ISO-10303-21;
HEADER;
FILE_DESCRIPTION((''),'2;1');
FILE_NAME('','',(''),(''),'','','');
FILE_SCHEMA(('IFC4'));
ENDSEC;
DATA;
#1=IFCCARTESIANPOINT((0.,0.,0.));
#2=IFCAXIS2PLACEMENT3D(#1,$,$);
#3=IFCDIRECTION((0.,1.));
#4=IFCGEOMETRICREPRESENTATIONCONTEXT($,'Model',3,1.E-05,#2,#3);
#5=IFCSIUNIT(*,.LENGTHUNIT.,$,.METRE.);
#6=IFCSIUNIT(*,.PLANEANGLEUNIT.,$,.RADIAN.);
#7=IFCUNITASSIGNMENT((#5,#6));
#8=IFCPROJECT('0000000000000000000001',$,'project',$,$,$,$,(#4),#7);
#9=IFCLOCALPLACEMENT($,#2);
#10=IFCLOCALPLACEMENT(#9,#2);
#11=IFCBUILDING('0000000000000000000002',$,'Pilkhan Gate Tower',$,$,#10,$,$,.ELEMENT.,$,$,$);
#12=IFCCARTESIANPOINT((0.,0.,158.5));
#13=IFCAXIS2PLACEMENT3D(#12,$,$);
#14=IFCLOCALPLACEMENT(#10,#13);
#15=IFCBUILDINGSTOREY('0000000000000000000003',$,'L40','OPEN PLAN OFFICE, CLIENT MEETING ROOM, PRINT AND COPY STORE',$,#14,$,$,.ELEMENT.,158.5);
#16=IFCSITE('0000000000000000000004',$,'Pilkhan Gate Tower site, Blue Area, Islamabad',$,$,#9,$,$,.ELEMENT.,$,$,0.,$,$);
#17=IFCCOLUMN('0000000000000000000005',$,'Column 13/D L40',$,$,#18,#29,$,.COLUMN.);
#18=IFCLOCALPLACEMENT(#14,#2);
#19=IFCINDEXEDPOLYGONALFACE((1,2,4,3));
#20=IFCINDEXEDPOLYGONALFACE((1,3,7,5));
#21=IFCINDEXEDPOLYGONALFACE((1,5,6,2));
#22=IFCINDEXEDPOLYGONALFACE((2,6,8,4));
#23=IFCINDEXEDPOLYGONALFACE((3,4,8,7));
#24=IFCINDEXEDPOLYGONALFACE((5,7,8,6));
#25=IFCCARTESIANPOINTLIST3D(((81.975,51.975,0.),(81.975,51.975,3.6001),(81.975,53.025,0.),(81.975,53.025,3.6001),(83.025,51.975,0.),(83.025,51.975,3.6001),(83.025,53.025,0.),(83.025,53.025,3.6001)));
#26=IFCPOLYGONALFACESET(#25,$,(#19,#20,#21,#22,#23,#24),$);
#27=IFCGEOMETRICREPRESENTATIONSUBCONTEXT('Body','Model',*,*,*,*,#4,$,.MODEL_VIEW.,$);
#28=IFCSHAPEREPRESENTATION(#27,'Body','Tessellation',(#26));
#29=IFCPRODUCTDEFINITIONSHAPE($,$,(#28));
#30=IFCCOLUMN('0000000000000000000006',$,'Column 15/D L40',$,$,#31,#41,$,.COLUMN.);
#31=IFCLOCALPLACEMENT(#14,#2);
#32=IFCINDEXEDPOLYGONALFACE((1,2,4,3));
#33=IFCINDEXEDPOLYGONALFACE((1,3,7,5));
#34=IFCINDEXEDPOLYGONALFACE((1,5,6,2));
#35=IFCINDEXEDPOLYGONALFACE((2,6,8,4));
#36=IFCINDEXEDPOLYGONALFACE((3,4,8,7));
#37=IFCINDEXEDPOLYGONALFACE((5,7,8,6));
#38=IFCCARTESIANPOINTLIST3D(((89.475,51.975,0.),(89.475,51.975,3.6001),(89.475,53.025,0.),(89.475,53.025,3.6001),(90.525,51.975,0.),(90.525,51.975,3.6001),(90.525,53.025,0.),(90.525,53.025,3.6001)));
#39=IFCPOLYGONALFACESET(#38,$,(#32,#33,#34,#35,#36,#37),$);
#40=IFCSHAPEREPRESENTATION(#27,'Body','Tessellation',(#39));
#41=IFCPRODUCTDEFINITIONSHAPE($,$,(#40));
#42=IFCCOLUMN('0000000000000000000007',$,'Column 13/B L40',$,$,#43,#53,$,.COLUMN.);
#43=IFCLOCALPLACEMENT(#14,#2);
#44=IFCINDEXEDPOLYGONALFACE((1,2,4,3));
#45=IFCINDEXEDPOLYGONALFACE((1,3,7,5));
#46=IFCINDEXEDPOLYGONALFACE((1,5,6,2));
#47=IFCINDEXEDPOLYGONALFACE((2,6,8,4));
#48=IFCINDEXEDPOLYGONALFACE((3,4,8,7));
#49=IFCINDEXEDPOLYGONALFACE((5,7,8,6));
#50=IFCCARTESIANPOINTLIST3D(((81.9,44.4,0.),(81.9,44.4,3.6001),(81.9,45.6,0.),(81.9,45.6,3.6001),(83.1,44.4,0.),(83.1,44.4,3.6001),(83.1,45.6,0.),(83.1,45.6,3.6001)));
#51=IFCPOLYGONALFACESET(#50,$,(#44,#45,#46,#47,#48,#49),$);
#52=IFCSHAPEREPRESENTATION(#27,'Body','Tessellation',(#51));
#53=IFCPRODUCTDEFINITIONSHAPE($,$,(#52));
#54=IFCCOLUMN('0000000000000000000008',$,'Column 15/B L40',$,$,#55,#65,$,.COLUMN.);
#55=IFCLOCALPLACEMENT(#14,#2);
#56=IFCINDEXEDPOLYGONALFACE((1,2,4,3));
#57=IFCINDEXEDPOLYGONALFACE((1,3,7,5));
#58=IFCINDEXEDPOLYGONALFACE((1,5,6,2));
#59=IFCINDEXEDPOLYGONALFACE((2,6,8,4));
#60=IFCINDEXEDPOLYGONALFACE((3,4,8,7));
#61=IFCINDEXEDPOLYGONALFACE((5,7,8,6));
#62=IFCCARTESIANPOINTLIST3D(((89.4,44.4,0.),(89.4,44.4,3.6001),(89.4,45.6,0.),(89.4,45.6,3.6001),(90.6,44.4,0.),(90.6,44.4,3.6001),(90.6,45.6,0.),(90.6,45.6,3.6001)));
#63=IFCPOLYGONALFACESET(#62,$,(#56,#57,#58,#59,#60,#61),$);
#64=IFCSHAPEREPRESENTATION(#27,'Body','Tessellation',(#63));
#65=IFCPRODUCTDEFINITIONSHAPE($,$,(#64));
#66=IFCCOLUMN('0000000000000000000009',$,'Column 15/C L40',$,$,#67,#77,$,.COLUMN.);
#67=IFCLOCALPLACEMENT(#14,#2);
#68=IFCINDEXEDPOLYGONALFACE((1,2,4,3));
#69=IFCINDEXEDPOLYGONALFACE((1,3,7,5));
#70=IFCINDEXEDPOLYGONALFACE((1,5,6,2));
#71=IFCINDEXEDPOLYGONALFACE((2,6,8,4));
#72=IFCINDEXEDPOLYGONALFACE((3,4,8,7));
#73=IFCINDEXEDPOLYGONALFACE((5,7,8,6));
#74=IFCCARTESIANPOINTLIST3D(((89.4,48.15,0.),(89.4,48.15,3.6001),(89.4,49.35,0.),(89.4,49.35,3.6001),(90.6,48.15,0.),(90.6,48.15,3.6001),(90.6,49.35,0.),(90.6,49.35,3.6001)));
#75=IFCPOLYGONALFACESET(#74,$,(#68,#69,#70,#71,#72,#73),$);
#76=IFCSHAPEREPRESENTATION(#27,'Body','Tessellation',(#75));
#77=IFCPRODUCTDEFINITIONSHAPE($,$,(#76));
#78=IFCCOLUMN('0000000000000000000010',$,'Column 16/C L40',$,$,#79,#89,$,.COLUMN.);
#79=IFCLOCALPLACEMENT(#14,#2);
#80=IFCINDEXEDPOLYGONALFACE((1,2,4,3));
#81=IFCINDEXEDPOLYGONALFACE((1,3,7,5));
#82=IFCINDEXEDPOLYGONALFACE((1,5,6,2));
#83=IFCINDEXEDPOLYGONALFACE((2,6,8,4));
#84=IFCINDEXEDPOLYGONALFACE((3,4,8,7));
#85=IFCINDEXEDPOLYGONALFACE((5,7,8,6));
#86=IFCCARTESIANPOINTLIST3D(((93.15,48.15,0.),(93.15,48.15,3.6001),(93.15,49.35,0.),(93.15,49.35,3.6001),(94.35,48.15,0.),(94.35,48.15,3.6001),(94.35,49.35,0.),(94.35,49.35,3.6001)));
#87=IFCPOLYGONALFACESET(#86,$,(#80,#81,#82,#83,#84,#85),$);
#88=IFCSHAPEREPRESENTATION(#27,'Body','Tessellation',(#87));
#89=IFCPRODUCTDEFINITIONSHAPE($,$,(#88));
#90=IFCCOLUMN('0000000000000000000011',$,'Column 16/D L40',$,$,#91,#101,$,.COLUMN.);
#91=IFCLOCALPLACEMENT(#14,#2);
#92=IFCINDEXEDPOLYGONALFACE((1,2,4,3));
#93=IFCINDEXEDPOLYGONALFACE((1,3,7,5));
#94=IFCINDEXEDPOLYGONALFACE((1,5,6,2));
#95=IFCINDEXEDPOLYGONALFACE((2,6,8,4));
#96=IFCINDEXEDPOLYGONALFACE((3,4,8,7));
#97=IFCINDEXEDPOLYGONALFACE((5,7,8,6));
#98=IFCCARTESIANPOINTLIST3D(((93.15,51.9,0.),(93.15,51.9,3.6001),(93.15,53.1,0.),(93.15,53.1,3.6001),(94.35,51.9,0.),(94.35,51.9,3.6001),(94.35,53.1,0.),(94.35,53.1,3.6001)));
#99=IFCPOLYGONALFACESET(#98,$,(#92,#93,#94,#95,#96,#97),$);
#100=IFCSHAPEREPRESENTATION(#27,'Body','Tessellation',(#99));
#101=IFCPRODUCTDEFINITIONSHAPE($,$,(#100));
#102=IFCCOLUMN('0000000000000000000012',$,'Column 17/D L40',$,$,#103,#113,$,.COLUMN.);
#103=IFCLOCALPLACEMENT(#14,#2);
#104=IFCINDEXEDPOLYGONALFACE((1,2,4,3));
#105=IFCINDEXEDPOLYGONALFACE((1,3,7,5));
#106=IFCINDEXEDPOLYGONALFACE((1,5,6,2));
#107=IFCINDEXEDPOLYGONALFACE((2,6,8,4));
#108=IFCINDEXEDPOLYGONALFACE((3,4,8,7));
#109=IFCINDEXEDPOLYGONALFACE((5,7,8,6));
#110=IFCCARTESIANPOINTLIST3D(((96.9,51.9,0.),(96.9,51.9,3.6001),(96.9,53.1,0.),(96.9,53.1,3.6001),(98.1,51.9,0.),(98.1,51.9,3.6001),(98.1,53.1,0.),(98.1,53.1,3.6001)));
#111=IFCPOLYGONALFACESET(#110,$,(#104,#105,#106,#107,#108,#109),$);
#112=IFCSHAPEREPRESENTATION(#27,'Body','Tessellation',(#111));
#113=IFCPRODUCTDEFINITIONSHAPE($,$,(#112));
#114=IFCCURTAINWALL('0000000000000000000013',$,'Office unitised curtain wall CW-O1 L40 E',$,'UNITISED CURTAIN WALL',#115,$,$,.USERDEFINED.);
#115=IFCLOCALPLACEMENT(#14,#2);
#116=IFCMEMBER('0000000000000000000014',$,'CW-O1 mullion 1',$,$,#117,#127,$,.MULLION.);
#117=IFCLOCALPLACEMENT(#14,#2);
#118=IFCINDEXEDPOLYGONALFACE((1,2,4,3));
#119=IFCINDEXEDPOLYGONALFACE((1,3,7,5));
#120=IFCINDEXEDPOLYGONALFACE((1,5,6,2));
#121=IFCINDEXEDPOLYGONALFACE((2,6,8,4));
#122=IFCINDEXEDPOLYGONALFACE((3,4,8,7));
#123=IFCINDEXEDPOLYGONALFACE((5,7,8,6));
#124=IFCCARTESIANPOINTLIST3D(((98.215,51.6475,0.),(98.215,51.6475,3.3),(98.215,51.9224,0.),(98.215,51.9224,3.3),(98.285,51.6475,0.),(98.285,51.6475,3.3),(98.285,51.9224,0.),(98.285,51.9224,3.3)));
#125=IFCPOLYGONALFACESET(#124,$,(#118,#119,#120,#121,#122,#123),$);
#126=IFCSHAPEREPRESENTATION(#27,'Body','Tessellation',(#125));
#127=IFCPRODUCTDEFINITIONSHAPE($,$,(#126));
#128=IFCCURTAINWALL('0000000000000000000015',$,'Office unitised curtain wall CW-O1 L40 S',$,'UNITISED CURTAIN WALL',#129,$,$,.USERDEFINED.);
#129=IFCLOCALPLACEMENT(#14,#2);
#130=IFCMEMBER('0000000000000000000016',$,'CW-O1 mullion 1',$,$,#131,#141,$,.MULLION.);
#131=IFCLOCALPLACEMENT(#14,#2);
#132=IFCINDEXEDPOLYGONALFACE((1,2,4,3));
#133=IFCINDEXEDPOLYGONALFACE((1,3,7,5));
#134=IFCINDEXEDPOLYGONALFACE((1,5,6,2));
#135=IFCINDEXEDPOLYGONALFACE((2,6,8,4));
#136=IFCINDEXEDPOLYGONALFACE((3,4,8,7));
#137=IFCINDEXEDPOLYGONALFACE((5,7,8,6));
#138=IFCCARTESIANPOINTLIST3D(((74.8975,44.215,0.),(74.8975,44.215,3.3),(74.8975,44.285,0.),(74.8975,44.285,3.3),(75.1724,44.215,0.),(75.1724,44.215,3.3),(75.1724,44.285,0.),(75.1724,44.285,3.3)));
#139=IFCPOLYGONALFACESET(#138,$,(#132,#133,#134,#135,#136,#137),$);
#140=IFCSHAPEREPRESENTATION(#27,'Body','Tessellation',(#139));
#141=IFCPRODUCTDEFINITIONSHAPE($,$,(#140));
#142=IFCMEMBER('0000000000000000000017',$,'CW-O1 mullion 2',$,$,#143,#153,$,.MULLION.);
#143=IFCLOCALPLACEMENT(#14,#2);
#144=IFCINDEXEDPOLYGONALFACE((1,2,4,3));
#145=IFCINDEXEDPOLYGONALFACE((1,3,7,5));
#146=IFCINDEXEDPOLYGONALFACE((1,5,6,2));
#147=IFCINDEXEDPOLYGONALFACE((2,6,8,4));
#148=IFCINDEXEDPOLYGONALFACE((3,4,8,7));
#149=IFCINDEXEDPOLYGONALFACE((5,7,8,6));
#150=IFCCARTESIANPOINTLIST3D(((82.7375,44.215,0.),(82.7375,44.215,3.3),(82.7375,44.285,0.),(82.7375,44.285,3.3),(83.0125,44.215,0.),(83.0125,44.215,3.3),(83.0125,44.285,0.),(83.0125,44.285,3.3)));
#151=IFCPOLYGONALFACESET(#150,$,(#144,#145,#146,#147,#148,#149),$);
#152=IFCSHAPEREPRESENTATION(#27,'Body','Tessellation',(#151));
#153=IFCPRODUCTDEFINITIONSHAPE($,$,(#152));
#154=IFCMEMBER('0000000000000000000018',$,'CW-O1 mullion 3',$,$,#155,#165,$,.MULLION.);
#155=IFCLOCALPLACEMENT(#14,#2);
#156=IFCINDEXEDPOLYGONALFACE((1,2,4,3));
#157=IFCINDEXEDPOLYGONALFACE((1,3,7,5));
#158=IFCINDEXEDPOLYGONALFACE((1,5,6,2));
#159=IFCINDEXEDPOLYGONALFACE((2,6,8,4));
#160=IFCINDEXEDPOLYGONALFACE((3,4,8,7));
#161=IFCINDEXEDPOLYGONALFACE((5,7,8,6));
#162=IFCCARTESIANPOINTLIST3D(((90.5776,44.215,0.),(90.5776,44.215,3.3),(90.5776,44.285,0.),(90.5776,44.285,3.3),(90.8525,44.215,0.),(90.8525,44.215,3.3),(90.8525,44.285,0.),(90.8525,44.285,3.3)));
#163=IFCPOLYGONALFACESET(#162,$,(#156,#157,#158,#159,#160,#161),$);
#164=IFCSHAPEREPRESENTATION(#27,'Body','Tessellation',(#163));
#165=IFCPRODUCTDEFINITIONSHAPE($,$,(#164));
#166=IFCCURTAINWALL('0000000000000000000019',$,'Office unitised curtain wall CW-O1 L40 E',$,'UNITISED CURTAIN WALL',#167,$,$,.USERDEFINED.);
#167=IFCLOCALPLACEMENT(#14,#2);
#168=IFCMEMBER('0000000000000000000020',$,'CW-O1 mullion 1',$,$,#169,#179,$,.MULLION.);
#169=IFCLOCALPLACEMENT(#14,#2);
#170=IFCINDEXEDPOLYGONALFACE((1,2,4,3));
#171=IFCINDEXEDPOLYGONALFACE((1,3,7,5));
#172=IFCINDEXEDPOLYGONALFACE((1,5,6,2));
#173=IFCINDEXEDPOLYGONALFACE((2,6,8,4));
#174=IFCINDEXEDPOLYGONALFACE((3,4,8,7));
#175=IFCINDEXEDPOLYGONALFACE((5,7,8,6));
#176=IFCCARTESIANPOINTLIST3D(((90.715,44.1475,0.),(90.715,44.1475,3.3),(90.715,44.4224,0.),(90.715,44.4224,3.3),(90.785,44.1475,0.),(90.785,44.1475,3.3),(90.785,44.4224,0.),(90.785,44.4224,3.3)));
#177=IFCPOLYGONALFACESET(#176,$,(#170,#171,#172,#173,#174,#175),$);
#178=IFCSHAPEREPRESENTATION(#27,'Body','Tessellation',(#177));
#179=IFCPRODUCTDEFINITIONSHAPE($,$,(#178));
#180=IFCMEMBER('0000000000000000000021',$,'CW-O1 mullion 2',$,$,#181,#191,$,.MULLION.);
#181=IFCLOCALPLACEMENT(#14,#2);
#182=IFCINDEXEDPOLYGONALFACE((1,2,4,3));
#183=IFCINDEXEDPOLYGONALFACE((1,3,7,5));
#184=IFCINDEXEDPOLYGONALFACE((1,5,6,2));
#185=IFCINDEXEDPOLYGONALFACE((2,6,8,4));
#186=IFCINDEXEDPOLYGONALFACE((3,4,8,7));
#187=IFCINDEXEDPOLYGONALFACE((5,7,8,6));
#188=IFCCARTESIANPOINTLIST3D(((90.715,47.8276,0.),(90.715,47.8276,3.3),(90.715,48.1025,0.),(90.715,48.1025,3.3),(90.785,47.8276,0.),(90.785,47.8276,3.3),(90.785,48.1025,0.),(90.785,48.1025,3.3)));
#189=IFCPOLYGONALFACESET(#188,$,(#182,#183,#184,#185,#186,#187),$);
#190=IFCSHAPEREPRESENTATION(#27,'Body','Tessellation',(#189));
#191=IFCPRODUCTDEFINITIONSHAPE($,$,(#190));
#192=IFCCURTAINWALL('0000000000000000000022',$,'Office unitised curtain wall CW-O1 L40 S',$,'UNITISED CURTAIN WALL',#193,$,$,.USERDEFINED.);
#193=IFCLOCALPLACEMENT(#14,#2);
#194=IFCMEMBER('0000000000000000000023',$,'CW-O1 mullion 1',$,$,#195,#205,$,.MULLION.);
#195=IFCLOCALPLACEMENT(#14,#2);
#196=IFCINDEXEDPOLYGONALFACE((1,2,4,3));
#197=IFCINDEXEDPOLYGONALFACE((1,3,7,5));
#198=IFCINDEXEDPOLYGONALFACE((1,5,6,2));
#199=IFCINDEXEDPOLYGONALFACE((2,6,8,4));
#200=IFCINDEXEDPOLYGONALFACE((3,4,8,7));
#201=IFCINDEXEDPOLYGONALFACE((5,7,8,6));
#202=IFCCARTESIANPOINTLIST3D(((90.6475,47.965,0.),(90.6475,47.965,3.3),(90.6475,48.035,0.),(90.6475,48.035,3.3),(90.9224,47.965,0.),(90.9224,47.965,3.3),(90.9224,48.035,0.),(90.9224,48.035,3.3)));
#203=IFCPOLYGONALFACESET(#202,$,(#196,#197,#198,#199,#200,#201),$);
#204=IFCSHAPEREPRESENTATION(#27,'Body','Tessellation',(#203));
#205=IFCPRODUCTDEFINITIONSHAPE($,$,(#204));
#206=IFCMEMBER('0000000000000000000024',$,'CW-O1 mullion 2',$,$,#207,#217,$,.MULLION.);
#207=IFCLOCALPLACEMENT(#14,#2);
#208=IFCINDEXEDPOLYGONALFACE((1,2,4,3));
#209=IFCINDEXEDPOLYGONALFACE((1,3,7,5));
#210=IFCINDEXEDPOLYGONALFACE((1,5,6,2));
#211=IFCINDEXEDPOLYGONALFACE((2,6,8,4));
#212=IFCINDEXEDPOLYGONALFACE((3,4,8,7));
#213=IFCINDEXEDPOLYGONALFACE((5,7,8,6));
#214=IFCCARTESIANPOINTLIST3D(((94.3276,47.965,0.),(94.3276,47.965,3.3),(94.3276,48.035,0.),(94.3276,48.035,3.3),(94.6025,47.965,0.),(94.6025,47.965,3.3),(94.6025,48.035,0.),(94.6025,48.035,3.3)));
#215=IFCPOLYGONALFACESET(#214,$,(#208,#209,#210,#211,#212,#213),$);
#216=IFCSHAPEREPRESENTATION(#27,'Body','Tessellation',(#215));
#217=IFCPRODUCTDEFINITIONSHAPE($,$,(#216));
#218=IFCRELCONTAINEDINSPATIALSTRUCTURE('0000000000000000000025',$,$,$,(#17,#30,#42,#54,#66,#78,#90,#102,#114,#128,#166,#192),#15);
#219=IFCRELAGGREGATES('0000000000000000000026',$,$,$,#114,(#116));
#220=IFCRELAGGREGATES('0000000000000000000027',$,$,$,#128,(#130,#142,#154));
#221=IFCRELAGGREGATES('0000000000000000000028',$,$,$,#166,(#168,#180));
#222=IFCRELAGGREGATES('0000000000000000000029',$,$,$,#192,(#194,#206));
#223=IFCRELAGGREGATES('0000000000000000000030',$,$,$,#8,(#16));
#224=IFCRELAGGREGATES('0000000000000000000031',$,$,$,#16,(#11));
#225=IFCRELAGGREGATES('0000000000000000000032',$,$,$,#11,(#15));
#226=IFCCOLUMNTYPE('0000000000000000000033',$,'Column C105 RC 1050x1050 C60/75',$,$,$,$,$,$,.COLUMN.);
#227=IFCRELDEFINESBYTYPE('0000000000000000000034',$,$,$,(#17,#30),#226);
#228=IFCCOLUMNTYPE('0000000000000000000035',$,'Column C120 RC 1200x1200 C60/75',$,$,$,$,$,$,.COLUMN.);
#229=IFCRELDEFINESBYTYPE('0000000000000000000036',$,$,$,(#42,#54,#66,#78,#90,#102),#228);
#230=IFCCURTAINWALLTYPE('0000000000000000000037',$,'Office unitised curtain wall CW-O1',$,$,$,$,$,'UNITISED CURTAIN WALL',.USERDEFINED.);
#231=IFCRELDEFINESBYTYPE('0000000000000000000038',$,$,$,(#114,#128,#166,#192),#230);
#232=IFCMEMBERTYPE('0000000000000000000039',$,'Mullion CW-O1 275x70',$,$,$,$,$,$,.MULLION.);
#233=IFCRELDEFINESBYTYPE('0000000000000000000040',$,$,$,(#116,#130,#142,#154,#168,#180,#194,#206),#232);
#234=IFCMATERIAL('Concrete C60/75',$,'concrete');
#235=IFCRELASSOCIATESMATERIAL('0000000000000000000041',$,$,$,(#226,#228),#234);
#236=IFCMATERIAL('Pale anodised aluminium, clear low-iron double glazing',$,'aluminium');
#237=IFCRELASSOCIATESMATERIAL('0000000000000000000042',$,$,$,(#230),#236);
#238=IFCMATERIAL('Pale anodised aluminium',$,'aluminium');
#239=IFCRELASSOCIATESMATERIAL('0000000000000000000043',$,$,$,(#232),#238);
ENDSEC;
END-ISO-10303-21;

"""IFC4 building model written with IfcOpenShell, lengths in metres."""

from ifc_helpers import new_model, si_unit, direction, frame, origin, origin_2d, place, context, subcontext, project, spatial, rectangle, extrude, material, material_profile, profile_set, type_object, element, aggregate, save


model = new_model("IFC4")

# Units and contexts
model_context = context("Model", 3, precision=1e-05, world=origin(), true_north=direction((0.0, 1.0)))
body_context = subcontext(model_context, "Body", "Model", "MODEL_VIEW")
ifc_project = project(units=[si_unit("LENGTHUNIT", "METRE"), si_unit("PLANEANGLEUNIT", "RADIAN")], contexts=[model_context])

# Site, building, storey
site_placement = place(None, origin())
site = spatial("IfcSite", under=ifc_project, at=site_placement, Name="Pilkhan Gate Tower site, Blue Area, Islamabad", CompositionType="ELEMENT", RefElevation=0.0)
building_placement = place(site_placement, origin())
building = spatial("IfcBuilding", under=site, at=building_placement, Name="Pilkhan Gate Tower", CompositionType="ELEMENT")
storey_placement = place(building_placement, frame((0.0, 0.0, 158.5)))
storey = spatial("IfcBuildingStorey", under=building, at=storey_placement, Name="L40", Description="OPEN PLAN OFFICE, CLIENT MEETING ROOM, PRINT AND COPY STORE", CompositionType="ELEMENT", Elevation=158.5)

# Columns
ifc_material_1 = material(Name="Concrete C60/75", Category="concrete")
ifc_material_profile_1 = material_profile(ifc_material_1, rectangle(XDim=1.05, YDim=1.05, at=origin_2d()), Name="RC 1050x1050")
ifc_profile_set_1 = profile_set([ifc_material_profile_1], Name="Concrete C60/75")
column_type_1 = type_object("IfcColumnType", Name="Column C105 RC 1050x1050 C60/75", PredefinedType="COLUMN", material=ifc_profile_set_1)
for number, where, z_axis, x_axis, name in (
    (1, (82.5, 52.5, 0.0), (0.0, 0.0, 1.0), (1.0, 0.0, 0.0), "Column 13/D L40"),
    (2, (90.0, 52.5, 0.0), (0.0, 0.0, 1.0), (1.0, 0.0, 0.0), "Column 15/D L40"),
):
    element("IfcColumn", number, at=place(storey_placement, frame(where, z_axis=z_axis, x_axis=x_axis)), inside=storey, type_object=column_type_1, Name=name, PredefinedType="COLUMN", context=body_context, shape_type="SweptSolid", body=[
        extrude(rectangle(XDim=1.05, YDim=1.05, at=origin_2d()), origin(), (0.0, 0.0, 1.0), 3.6001),
    ])
ifc_material_profile_2 = material_profile(ifc_material_1, rectangle(XDim=1.2, YDim=1.2, at=origin_2d()), Name="RC 1200x1200")
ifc_profile_set_2 = profile_set([ifc_material_profile_2], Name="Concrete C60/75")
column_type_2 = type_object("IfcColumnType", Name="Column C120 RC 1200x1200 C60/75", PredefinedType="COLUMN", material=ifc_profile_set_2)
for number, where, z_axis, x_axis, name in (
    (3, (82.5, 45.0, 0.0), (0.0, 0.0, 1.0), (1.0, 0.0, 0.0), "Column 13/B L40"),
    (4, (90.0, 45.0, 0.0), (0.0, 0.0, 1.0), (1.0, 0.0, 0.0), "Column 15/B L40"),
    (5, (90.0, 48.75, 0.0), (0.0, 0.0, 1.0), (1.0, 0.0, 0.0), "Column 15/C L40"),
    (6, (93.75, 48.75, 0.0), (0.0, 0.0, 1.0), (1.0, 0.0, 0.0), "Column 16/C L40"),
    (7, (93.75, 52.5, 0.0), (0.0, 0.0, 1.0), (1.0, 0.0, 0.0), "Column 16/D L40"),
    (8, (97.5, 52.5, 0.0), (0.0, 0.0, 1.0), (1.0, 0.0, 0.0), "Column 17/D L40"),
):
    element("IfcColumn", number, at=place(storey_placement, frame(where, z_axis=z_axis, x_axis=x_axis)), inside=storey, type_object=column_type_2, Name=name, PredefinedType="COLUMN", context=body_context, shape_type="SweptSolid", body=[
        extrude(rectangle(XDim=1.2, YDim=1.2, at=origin_2d()), origin(), (0.0, 0.0, 1.0), 3.6001),
    ])

# Curtain wall, member
ifc_material_2 = material(Name="Pale anodised aluminium, clear low-iron double glazing", Category="aluminium")
curtain_wall_type = type_object("IfcCurtainWallType", Name="Office unitised curtain wall CW-O1", ElementType="UNITISED CURTAIN WALL", PredefinedType="USERDEFINED", material=ifc_material_2)
curtain_wall_1_placement = place(storey_placement, origin())
curtain_wall_1 = element("IfcCurtainWall", 9, at=curtain_wall_1_placement, inside=storey, type_object=curtain_wall_type, Name="Office unitised curtain wall CW-O1 L40 E", ObjectType="UNITISED CURTAIN WALL", PredefinedType="USERDEFINED")
ifc_material_3 = material(Name="Pale anodised aluminium", Category="aluminium")
ifc_material_profile_3 = material_profile(ifc_material_3, rectangle(XDim=0.0701, YDim=0.2749, at=origin_2d()), Name="Mullion 275x70")
ifc_profile_set_3 = profile_set([ifc_material_profile_3], Name="Pale anodised aluminium")
member_type_1 = type_object("IfcMemberType", Name="Mullion CW-O1 275x70", PredefinedType="MULLION", material=ifc_profile_set_3)
member_1_placement = place(storey_placement, frame((98.25, 51.7849, 0.0), z_axis=(0.0, 0.0, 1.0), x_axis=(-1.0, 0.0, 0.0)))
member_1 = element("IfcMember", 10, at=member_1_placement, type_object=member_type_1, Name="CW-O1 mullion 1", PredefinedType="MULLION", context=body_context, shape_type="SweptSolid", body=[
    extrude(rectangle(XDim=0.0701, YDim=0.2749, at=origin_2d()), origin(), (0.0, 0.0, 1.0), 3.3),
])

# Curtain walls, members
curtain_wall_2_placement = place(storey_placement, origin())
curtain_wall_2 = element("IfcCurtainWall", 11, at=curtain_wall_2_placement, inside=storey, type_object=curtain_wall_type, Name="Office unitised curtain wall CW-O1 L40 S", ObjectType="UNITISED CURTAIN WALL", PredefinedType="USERDEFINED")
member_2_placement = place(storey_placement, frame((75.0349, 44.25, 0.0), z_axis=(0.0, 0.0, 1.0), x_axis=(0.0, 1.0, 0.0)))
member_2 = element("IfcMember", 12, at=member_2_placement, type_object=member_type_1, Name="CW-O1 mullion 1", PredefinedType="MULLION", context=body_context, shape_type="SweptSolid", body=[
    extrude(rectangle(XDim=0.0701, YDim=0.2749, at=origin_2d()), origin(), (0.0, 0.0, 1.0), 3.3),
])
member_3_placement = place(storey_placement, frame((82.875, 44.25, 0.0), z_axis=(0.0, 0.0, 1.0), x_axis=(0.0, 1.0, 0.0)))
member_3 = element("IfcMember", 13, at=member_3_placement, type_object=member_type_1, Name="CW-O1 mullion 2", PredefinedType="MULLION", context=body_context, shape_type="SweptSolid", body=[
    extrude(rectangle(XDim=0.0701, YDim=0.2749, at=origin_2d()), origin(), (0.0, 0.0, 1.0), 3.3),
])
member_4_placement = place(storey_placement, frame((90.7151, 44.25, 0.0), z_axis=(0.0, 0.0, 1.0), x_axis=(0.0, 1.0, 0.0)))
member_4 = element("IfcMember", 14, at=member_4_placement, type_object=member_type_1, Name="CW-O1 mullion 3", PredefinedType="MULLION", context=body_context, shape_type="SweptSolid", body=[
    extrude(rectangle(XDim=0.0701, YDim=0.2749, at=origin_2d()), origin(), (0.0, 0.0, 1.0), 3.3),
])
curtain_wall_3_placement = place(storey_placement, origin())
curtain_wall_3 = element("IfcCurtainWall", 15, at=curtain_wall_3_placement, inside=storey, type_object=curtain_wall_type, Name="Office unitised curtain wall CW-O1 L40 E", ObjectType="UNITISED CURTAIN WALL", PredefinedType="USERDEFINED")
member_5_placement = place(storey_placement, frame((90.75, 44.2849, 0.0), z_axis=(0.0, 0.0, 1.0), x_axis=(-1.0, 0.0, 0.0)))
member_5 = element("IfcMember", 16, at=member_5_placement, type_object=member_type_1, Name="CW-O1 mullion 1", PredefinedType="MULLION", context=body_context, shape_type="SweptSolid", body=[
    extrude(rectangle(XDim=0.0701, YDim=0.2749, at=origin_2d()), origin(), (0.0, 0.0, 1.0), 3.3),
])
member_6_placement = place(storey_placement, frame((90.75, 47.9651, 0.0), z_axis=(0.0, 0.0, 1.0), x_axis=(-1.0, 0.0, 0.0)))
member_6 = element("IfcMember", 17, at=member_6_placement, type_object=member_type_1, Name="CW-O1 mullion 2", PredefinedType="MULLION", context=body_context, shape_type="SweptSolid", body=[
    extrude(rectangle(XDim=0.0701, YDim=0.2749, at=origin_2d()), origin(), (0.0, 0.0, 1.0), 3.3),
])
curtain_wall_4_placement = place(storey_placement, origin())
curtain_wall_4 = element("IfcCurtainWall", 18, at=curtain_wall_4_placement, inside=storey, type_object=curtain_wall_type, Name="Office unitised curtain wall CW-O1 L40 S", ObjectType="UNITISED CURTAIN WALL", PredefinedType="USERDEFINED")
member_7_placement = place(storey_placement, frame((90.7849, 48.0, 0.0), z_axis=(0.0, 0.0, 1.0), x_axis=(0.0, 1.0, 0.0)))
member_7 = element("IfcMember", 19, at=member_7_placement, type_object=member_type_1, Name="CW-O1 mullion 1", PredefinedType="MULLION", context=body_context, shape_type="SweptSolid", body=[
    extrude(rectangle(XDim=0.0701, YDim=0.2749, at=origin_2d()), origin(), (0.0, 0.0, 1.0), 3.3),
])
member_8_placement = place(storey_placement, frame((94.4651, 48.0, 0.0), z_axis=(0.0, 0.0, 1.0), x_axis=(0.0, 1.0, 0.0)))
member_8 = element("IfcMember", 20, at=member_8_placement, type_object=member_type_1, Name="CW-O1 mullion 2", PredefinedType="MULLION", context=body_context, shape_type="SweptSolid", body=[
    extrude(rectangle(XDim=0.0701, YDim=0.2749, at=origin_2d()), origin(), (0.0, 0.0, 1.0), 3.3),
])

aggregate(curtain_wall_1, [member_1])
aggregate(curtain_wall_2, [member_2, member_3, member_4])
aggregate(curtain_wall_3, [member_5, member_6])
aggregate(curtain_wall_4, [member_7, member_8])

save(model, "model.ifc")
